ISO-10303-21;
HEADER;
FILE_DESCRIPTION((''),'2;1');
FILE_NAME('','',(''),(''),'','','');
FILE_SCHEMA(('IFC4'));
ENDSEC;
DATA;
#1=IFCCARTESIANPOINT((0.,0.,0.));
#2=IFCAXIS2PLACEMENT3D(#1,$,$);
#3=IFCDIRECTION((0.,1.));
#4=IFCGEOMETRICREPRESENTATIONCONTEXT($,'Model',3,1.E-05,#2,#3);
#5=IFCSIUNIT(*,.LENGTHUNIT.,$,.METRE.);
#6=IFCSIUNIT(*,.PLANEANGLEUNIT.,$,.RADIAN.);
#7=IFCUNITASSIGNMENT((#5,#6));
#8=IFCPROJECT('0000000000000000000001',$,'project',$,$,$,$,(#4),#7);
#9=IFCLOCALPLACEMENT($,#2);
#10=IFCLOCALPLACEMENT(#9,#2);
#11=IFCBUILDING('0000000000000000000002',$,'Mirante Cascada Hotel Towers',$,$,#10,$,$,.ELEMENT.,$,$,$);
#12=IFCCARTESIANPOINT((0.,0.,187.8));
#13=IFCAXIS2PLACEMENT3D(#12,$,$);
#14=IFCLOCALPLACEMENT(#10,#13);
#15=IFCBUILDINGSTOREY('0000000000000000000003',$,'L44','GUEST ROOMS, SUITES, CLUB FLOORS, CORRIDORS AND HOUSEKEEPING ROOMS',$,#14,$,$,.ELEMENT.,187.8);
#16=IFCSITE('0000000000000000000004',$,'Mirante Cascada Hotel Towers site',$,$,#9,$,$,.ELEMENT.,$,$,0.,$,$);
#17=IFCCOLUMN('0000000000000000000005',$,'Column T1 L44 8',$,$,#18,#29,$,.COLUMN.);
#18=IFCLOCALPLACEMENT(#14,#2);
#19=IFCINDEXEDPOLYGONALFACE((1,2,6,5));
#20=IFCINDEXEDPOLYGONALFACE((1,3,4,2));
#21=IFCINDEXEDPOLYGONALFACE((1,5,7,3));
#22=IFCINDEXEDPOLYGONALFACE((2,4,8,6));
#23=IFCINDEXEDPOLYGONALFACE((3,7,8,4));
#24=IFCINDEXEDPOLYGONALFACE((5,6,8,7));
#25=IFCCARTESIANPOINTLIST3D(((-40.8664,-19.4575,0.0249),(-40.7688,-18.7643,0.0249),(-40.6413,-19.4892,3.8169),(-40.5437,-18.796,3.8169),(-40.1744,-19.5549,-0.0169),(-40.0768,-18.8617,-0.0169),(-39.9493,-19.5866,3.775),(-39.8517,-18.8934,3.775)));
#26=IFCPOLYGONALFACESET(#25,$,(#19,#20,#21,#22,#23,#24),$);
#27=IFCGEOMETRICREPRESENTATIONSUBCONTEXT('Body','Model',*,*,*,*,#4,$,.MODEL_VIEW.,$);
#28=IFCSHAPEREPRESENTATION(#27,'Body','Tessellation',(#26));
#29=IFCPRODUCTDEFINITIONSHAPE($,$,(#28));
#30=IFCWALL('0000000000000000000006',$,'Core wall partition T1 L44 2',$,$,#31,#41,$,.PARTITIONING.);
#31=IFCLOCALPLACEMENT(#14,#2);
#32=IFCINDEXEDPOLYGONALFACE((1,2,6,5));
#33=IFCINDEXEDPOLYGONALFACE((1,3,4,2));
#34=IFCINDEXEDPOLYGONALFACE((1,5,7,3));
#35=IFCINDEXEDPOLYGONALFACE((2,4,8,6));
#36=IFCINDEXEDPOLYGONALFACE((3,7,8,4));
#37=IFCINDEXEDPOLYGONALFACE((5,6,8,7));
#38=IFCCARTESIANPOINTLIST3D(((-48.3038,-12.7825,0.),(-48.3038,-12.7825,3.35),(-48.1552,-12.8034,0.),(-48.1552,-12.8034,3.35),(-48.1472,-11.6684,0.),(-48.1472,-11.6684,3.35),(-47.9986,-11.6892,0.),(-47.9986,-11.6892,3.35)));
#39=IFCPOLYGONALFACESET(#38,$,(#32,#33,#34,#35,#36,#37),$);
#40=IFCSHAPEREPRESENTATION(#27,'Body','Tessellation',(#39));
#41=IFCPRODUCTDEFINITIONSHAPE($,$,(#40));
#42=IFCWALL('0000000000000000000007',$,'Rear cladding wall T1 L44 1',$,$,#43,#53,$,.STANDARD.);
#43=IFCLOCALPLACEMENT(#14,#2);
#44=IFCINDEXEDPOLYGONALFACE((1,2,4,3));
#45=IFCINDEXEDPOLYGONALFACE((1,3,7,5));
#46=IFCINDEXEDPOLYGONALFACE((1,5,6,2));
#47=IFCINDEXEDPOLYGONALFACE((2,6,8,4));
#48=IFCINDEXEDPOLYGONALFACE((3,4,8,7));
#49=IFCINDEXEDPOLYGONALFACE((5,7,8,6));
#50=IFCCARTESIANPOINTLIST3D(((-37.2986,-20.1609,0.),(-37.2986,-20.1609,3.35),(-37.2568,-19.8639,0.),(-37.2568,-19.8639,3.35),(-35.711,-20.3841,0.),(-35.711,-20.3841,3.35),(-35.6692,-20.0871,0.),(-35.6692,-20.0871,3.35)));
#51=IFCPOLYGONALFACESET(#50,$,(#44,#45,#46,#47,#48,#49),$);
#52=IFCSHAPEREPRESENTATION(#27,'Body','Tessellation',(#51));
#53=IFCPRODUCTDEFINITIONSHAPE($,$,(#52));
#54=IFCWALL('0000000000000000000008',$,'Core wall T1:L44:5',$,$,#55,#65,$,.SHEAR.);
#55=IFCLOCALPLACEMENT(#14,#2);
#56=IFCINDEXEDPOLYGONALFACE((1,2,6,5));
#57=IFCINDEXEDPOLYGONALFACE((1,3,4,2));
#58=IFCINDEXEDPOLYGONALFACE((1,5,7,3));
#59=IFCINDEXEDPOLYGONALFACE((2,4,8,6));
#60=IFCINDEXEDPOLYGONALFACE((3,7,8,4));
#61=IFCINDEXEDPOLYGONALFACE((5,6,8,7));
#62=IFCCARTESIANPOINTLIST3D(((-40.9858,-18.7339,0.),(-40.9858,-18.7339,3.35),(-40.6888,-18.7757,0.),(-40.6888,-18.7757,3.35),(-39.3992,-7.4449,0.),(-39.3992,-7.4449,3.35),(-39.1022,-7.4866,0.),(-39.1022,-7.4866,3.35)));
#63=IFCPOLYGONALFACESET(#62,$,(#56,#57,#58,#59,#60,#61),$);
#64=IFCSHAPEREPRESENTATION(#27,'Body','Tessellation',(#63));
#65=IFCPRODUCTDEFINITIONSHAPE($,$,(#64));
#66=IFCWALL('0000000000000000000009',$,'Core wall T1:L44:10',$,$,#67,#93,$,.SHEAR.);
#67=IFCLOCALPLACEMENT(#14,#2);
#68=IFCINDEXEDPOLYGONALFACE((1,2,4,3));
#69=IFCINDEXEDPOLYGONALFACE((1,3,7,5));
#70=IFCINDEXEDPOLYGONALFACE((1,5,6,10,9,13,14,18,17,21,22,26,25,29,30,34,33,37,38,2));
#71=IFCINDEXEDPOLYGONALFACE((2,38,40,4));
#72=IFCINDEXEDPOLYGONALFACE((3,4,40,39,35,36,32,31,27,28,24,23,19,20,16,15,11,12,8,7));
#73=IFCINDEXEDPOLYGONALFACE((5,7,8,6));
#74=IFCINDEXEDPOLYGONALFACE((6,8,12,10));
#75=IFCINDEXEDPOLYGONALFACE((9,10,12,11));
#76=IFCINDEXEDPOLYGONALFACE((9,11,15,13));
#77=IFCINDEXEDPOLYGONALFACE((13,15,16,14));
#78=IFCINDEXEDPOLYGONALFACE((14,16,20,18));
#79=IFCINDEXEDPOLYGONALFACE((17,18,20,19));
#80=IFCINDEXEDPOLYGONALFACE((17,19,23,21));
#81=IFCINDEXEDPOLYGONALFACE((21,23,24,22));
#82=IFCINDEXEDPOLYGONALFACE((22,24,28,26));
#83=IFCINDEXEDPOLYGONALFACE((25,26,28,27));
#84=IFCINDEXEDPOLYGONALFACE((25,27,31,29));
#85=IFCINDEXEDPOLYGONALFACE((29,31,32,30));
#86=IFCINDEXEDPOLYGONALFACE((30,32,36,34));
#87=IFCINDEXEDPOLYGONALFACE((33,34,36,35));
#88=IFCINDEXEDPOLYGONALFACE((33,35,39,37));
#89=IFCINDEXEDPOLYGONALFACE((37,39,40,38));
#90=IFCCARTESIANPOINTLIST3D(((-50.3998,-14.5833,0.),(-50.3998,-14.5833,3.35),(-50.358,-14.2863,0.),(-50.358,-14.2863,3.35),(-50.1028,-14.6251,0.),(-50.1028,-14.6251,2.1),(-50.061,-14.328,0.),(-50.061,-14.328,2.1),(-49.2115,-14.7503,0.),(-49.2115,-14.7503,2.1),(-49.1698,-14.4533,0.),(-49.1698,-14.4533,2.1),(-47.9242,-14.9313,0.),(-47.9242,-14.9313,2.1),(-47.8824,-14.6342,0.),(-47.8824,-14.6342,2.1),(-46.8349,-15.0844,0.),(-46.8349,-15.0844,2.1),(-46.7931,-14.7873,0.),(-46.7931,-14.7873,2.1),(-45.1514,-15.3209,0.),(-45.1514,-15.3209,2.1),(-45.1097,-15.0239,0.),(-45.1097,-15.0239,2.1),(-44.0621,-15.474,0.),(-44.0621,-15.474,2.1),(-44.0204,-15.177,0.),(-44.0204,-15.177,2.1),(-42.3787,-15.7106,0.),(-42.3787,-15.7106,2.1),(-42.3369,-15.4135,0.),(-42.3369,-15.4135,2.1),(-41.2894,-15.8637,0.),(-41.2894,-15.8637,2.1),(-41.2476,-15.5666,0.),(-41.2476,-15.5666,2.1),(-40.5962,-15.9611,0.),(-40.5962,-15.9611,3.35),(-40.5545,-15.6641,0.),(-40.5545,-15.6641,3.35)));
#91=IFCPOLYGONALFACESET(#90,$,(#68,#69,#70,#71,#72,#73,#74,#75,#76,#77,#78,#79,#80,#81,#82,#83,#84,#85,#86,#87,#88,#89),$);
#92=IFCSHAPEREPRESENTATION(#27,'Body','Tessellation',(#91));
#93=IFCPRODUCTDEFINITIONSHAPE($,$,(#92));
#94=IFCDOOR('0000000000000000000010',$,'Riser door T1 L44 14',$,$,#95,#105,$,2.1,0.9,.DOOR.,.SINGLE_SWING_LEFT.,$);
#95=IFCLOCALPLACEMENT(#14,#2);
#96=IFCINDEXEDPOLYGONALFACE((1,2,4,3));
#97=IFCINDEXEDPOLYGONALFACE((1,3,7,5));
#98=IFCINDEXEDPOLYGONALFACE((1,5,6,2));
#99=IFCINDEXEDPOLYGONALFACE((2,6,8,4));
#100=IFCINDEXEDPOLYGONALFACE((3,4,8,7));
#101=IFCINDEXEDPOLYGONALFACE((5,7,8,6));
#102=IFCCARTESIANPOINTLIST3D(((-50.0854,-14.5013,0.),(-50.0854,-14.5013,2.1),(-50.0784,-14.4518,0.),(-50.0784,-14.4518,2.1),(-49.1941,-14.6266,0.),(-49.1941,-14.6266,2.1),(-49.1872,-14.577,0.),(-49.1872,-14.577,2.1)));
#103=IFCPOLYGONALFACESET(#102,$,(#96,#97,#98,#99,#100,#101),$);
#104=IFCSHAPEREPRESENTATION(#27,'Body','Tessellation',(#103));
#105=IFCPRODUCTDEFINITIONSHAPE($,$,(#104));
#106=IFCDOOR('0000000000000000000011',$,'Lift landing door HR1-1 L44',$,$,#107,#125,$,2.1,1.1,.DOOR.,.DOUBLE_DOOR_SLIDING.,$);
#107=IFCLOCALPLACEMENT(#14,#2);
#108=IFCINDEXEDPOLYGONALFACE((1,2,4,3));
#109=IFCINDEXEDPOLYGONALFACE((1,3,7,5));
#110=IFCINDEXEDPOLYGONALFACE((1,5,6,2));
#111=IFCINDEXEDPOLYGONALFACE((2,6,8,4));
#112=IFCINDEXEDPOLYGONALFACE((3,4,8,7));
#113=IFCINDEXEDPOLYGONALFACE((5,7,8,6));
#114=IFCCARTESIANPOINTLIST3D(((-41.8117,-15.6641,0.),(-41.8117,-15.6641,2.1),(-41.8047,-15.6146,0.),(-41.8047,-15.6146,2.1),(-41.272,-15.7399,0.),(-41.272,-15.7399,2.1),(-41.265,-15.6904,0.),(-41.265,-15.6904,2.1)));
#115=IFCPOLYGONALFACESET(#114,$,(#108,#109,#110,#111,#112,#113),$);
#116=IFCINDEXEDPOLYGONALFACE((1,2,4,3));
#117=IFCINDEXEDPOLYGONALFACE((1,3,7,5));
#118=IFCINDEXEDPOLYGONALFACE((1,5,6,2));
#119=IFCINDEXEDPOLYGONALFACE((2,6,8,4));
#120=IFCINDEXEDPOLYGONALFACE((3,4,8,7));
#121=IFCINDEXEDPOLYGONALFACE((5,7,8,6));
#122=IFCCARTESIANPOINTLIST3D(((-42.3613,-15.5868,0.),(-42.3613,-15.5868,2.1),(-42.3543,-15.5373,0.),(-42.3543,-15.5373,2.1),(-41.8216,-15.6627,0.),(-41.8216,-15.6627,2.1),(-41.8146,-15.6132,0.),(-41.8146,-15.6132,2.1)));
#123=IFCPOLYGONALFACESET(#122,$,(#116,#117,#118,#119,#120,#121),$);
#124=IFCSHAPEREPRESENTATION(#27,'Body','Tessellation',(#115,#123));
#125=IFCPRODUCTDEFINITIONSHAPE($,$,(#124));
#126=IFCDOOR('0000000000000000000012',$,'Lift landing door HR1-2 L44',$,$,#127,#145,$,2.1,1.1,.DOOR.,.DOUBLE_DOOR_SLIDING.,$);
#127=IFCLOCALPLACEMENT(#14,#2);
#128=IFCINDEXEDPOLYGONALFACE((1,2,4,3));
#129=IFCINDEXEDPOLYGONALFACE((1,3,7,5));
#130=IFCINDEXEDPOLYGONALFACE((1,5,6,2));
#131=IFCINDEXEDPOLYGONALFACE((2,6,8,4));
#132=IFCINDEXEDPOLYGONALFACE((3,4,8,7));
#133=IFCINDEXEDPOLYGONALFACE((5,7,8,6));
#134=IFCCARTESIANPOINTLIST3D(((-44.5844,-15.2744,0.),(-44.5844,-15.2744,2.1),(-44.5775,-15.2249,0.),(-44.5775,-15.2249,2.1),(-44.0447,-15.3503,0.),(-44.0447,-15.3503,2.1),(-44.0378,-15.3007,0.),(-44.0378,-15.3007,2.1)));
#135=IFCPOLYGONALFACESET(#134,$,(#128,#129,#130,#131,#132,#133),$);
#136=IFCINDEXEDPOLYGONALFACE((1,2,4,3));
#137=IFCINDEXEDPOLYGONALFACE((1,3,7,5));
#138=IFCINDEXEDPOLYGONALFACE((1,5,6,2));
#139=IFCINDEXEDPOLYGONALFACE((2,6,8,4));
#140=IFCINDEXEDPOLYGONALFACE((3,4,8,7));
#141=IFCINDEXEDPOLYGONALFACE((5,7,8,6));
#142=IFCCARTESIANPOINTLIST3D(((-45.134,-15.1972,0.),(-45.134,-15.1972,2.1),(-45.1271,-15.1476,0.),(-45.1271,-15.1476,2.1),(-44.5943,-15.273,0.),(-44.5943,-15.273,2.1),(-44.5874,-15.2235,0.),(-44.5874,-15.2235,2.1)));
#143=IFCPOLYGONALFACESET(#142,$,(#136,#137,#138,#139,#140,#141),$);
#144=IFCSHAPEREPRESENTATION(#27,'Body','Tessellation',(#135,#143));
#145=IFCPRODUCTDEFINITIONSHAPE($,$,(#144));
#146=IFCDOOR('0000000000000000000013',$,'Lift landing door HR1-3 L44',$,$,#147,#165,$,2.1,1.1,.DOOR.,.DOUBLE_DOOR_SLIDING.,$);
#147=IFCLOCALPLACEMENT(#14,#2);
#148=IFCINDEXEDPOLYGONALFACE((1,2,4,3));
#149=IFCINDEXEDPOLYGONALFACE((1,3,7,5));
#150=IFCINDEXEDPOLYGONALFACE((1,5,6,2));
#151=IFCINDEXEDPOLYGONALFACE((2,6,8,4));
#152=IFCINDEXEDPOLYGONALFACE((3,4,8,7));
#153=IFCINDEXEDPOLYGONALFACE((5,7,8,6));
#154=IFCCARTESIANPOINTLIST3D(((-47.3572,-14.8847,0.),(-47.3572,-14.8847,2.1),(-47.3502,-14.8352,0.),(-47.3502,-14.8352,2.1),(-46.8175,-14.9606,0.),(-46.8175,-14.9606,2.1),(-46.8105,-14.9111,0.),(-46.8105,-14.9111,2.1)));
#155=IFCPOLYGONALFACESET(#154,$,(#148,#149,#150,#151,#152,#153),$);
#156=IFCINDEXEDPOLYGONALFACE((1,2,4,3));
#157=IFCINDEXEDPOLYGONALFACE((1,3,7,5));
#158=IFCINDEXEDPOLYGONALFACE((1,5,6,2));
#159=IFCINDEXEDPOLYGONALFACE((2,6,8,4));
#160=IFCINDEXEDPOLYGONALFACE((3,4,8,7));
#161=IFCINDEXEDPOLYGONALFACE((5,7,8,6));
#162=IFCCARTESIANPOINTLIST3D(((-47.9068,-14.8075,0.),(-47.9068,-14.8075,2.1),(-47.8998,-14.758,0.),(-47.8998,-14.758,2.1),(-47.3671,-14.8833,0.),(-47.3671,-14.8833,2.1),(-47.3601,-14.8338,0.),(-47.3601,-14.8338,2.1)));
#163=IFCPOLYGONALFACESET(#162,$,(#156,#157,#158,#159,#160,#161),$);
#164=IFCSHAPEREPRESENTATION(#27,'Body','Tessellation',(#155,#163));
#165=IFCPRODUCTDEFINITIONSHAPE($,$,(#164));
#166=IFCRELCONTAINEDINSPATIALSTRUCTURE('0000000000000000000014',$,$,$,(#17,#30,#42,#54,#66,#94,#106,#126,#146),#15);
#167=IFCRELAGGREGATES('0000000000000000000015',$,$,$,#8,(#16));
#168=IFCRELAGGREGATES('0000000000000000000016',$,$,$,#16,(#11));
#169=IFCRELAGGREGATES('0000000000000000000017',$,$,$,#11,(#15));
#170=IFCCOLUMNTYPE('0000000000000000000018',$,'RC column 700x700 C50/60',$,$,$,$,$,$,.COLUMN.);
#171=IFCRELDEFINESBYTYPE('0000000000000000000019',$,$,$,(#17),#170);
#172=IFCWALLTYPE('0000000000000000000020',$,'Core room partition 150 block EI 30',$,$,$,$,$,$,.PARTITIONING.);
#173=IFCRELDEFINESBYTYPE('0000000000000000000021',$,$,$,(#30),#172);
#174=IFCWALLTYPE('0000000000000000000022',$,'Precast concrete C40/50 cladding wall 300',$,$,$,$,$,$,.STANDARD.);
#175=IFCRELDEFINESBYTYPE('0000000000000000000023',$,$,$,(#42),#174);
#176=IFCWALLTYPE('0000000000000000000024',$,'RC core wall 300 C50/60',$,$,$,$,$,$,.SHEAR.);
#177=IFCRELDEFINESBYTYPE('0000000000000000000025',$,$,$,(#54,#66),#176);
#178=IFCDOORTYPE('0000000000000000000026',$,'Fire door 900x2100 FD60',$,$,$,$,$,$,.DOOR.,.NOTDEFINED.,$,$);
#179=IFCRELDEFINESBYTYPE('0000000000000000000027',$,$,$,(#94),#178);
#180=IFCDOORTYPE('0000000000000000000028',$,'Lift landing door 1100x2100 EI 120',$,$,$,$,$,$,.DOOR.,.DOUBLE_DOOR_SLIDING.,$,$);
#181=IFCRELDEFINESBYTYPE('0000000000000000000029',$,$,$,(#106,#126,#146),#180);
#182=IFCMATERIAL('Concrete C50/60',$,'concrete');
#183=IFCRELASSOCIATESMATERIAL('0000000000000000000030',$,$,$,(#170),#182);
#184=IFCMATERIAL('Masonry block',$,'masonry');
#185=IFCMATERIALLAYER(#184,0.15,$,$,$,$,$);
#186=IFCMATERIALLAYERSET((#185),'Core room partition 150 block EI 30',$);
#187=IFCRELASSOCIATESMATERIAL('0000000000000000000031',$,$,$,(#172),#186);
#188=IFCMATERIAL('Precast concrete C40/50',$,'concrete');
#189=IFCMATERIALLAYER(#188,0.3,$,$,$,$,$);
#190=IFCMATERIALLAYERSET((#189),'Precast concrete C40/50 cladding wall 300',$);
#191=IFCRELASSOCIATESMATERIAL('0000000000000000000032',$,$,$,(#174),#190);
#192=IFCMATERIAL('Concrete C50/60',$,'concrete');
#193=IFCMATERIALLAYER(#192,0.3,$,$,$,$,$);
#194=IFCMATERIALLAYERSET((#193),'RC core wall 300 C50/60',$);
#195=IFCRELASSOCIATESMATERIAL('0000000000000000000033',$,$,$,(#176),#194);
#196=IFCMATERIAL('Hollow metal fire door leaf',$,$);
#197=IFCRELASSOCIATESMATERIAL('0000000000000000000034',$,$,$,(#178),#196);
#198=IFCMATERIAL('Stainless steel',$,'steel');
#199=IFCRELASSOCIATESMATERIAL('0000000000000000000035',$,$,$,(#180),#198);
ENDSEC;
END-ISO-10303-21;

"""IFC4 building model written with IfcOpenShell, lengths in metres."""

from ifc_helpers import new_model, si_unit, direction, frame, frame_2d, origin, origin_2d, place, context, subcontext, project, spatial, rectangle, extrude, material, layer, layer_set, material_profile, profile_set, type_object, element, fill, save


model = new_model("IFC4")

# Units and contexts
model_context = context("Model", 3, precision=1e-05, world=origin(), true_north=direction((0.0, 1.0)))
body_context = subcontext(model_context, "Body", "Model", "MODEL_VIEW")
ifc_project = project(units=[si_unit("LENGTHUNIT", "METRE"), si_unit("PLANEANGLEUNIT", "RADIAN")], contexts=[model_context])

# Site, building, storey
site_placement = place(None, origin())
site = spatial("IfcSite", under=ifc_project, at=site_placement, Name="Mirante Cascada Hotel Towers site", CompositionType="ELEMENT", RefElevation=0.0)
building_placement = place(site_placement, origin())
building = spatial("IfcBuilding", under=site, at=building_placement, Name="Mirante Cascada Hotel Towers", CompositionType="ELEMENT")
storey_placement = place(building_placement, frame((0.0, 0.0, 187.8)))
storey = spatial("IfcBuildingStorey", under=building, at=storey_placement, Name="L44", Description="GUEST ROOMS, SUITES, CLUB FLOORS, CORRIDORS AND HOUSEKEEPING ROOMS", CompositionType="ELEMENT", Elevation=187.8)

# Column
ifc_material_1 = material(Name="Concrete C50/60", Category="concrete")
ifc_material_profile = material_profile(ifc_material_1, rectangle(XDim=0.7, YDim=0.7, at=origin_2d()), Name="RC column 700x700 C50/60")
ifc_profile_set = profile_set([ifc_material_profile], Name="Concrete C50/60")
column_type = type_object("IfcColumnType", Name="RC column 700x700 C50/60", PredefinedType="COLUMN", material=ifc_profile_set)
column_placement = place(storey_placement, frame((-40.4716, -19.1596, 0.004), z_axis=(0.059255, -0.008345, 0.998208), x_axis=(0.13945, 0.990229, 0.0)))
element("IfcColumn", 1, at=column_placement, inside=storey, type_object=column_type, Name="Column T1 L44 8", PredefinedType="COLUMN", context=body_context, shape_type="SweptSolid", body=[
    extrude(rectangle(XDim=0.7, YDim=0.7, at=origin_2d()), origin(), (0.0, 0.0, 1.0), 3.7988),
])

# Walls
ifc_material_2 = material(Name="Masonry block", Category="masonry")
ifc_layer_1 = layer(ifc_material_2, 0.15)
ifc_layer_set_1 = layer_set([ifc_layer_1], Name="Core room partition 150 block EI 30")
wall_type_1 = type_object("IfcWallType", Name="Core room partition 150 block EI 30", PredefinedType="PARTITIONING", material=ifc_layer_set_1)
wall_1_placement = place(storey_placement, frame((-48.2295, -12.793, 0.0), z_axis=(0.0, 0.0, 1.0), x_axis=(0.139193, 0.990265, 0.0)))
element("IfcWall", 2, at=wall_1_placement, inside=storey, type_object=wall_type_1, Name="Core wall partition T1 L44 2", PredefinedType="PARTITIONING", context=body_context, shape_type="SweptSolid", body=[
    extrude(rectangle(XDim=1.1251, YDim=0.15, at=frame_2d((0.5626, 0.0))), origin(), (0.0, 0.0, 1.0), 3.35),
])
ifc_material_3 = material(Name="Precast concrete C40/50", Category="concrete")
ifc_layer_2 = layer(ifc_material_3, 0.3)
ifc_layer_set_2 = layer_set([ifc_layer_2], Name="Precast concrete C40/50 cladding wall 300")
wall_type_2 = type_object("IfcWallType", Name="Precast concrete C40/50 cladding wall 300", PredefinedType="STANDARD", material=ifc_layer_set_2)
wall_2_placement = place(storey_placement, frame((-35.6901, -20.2356, 0.0), z_axis=(0.0, 0.0, 1.0), x_axis=(-0.990261, 0.13922, 0.0)))
element("IfcWall", 3, at=wall_2_placement, inside=storey, type_object=wall_type_2, Name="Rear cladding wall T1 L44 1", PredefinedType="STANDARD", context=body_context, shape_type="SweptSolid", body=[
    extrude(rectangle(XDim=1.6032, YDim=0.3, at=frame_2d((0.8016, 0.0))), origin(), (0.0, 0.0, 1.0), 3.35),
])
ifc_material_4 = material(Name="Concrete C50/60", Category="concrete")
ifc_layer_3 = layer(ifc_material_4, 0.3)
ifc_layer_set_3 = layer_set([ifc_layer_3], Name="RC core wall 300 C50/60")
wall_type_3 = type_object("IfcWallType", Name="RC core wall 300 C50/60", PredefinedType="SHEAR", material=ifc_layer_set_3)
wall_3_placement = place(storey_placement, frame((-40.8373, -18.7548, 0.0), z_axis=(0.0, 0.0, 1.0), x_axis=(0.139175, 0.990268, 0.0)))
element("IfcWall", 4, at=wall_3_placement, inside=storey, type_object=wall_type_3, Name="Core wall T1:L44:5", PredefinedType="SHEAR", context=body_context, shape_type="SweptSolid", body=[
    extrude(rectangle(XDim=11.4, YDim=0.3, at=frame_2d((5.7, 0.0))), origin(), (0.0, 0.0, 1.0), 3.35),
])

# Wall, openings, doors
wall_4_placement = place(storey_placement, frame((-40.5753, -15.8126, 0.0), z_axis=(0.0, 0.0, 1.0), x_axis=(-0.990268, 0.139173, 0.0)))
wall_4 = element("IfcWall", 5, at=wall_4_placement, inside=storey, type_object=wall_type_3, Name="Core wall T1:L44:10", PredefinedType="SHEAR", context=body_context, shape_type="SweptSolid", body=[
    extrude(rectangle(XDim=9.8999, YDim=0.3, at=frame_2d((4.95, 0.0))), origin(), (0.0, 0.0, 1.0), 3.35),
])
opening_1_placement = place(wall_4_placement, frame((0.7, 0.0, 0.0)))
opening_1 = element("IfcOpeningElement", 6, at=opening_1_placement, cuts=wall_4, PredefinedType="OPENING", context=body_context, shape_type="SweptSolid", body=[
    extrude(rectangle(XDim=1.1, YDim=2.1, at=frame_2d((0.55, 1.05))), frame((0.0, 0.15, 0.0), z_axis=(0.0, -1.0, 0.0), x_axis=(1.0, 0.0, 0.0)), (0.0, 0.0, 1.0), 0.3),
])
opening_2_placement = place(wall_4_placement, frame((3.5, 0.0, 0.0)))
opening_2 = element("IfcOpeningElement", 7, at=opening_2_placement, cuts=wall_4, PredefinedType="OPENING", context=body_context, shape_type="SweptSolid", body=[
    extrude(rectangle(XDim=1.1, YDim=2.1, at=frame_2d((0.55, 1.05))), frame((0.0, 0.15, 0.0), z_axis=(0.0, -1.0, 0.0), x_axis=(1.0, 0.0, 0.0)), (0.0, 0.0, 1.0), 0.3),
])
opening_3_placement = place(wall_4_placement, frame((6.3, 0.0, 0.0)))
opening_3 = element("IfcOpeningElement", 8, at=opening_3_placement, cuts=wall_4, PredefinedType="OPENING", context=body_context, shape_type="SweptSolid", body=[
    extrude(rectangle(XDim=1.1, YDim=2.1, at=frame_2d((0.55, 1.05))), frame((0.0, 0.15, 0.0), z_axis=(0.0, -1.0, 0.0), x_axis=(1.0, 0.0, 0.0)), (0.0, 0.0, 1.0), 0.3),
])
opening_4_placement = place(wall_4_placement, frame((8.7, 0.0, 0.0)))
opening_4 = element("IfcOpeningElement", 9, at=opening_4_placement, cuts=wall_4, PredefinedType="OPENING", context=body_context, shape_type="SweptSolid", body=[
    extrude(rectangle(XDim=0.9, YDim=2.1, at=frame_2d((0.45, 1.05))), frame((0.0, 0.15, 0.0), z_axis=(0.0, -1.0, 0.0), x_axis=(1.0, 0.0, 0.0)), (0.0, 0.0, 1.0), 0.3),
])
ifc_material_5 = material(Name="Hollow metal fire door leaf")
door_type_1 = type_object("IfcDoorType", Name="Fire door 900x2100 FD60", OperationType="NOTDEFINED", PredefinedType="DOOR", material=ifc_material_5)
door_1_placement = place(opening_4_placement, origin())
door_1 = element("IfcDoor", 10, at=door_1_placement, inside=storey, type_object=door_type_1, Name="Riser door T1 L44 14", OperationType="SINGLE_SWING_LEFT", OverallHeight=2.1, OverallWidth=0.9, PredefinedType="DOOR", context=body_context, shape_type="SweptSolid", body=[
    extrude(rectangle(XDim=0.9, YDim=2.1, at=frame_2d((0.45, 1.05))), frame((0.0, 0.025, 0.0), z_axis=(0.0, -1.0, 0.0), x_axis=(1.0, 0.0, 0.0)), (0.0, 0.0, 1.0), 0.05),
])
fill(opening_4, door_1)
ifc_material_6 = material(Name="Stainless steel", Category="steel")
door_type_2 = type_object("IfcDoorType", Name="Lift landing door 1100x2100 EI 120", OperationType="DOUBLE_DOOR_SLIDING", PredefinedType="DOOR", material=ifc_material_6)
door_2_placement = place(opening_1_placement, origin())
door_2 = element("IfcDoor", 11, at=door_2_placement, inside=storey, type_object=door_type_2, Name="Lift landing door HR1-1 L44", OperationType="DOUBLE_DOOR_SLIDING", OverallHeight=2.1, OverallWidth=1.1, PredefinedType="DOOR", context=body_context, shape_type="SweptSolid", body=[
    extrude(rectangle(XDim=0.545, YDim=2.1, at=frame_2d((0.2725, 1.05))), frame((0.0, 0.025, 0.0), z_axis=(0.0, -1.0, 0.0), x_axis=(1.0, 0.0, 0.0)), (0.0, 0.0, 1.0), 0.05),
    extrude(rectangle(XDim=0.545, YDim=2.1, at=frame_2d((0.8275, 1.05))), frame((0.0, 0.025, 0.0), z_axis=(0.0, -1.0, 0.0), x_axis=(1.0, 0.0, 0.0)), (0.0, 0.0, 1.0), 0.05),
])
fill(opening_1, door_2)
door_3_placement = place(opening_2_placement, origin())
door_3 = element("IfcDoor", 12, at=door_3_placement, inside=storey, type_object=door_type_2, Name="Lift landing door HR1-2 L44", OperationType="DOUBLE_DOOR_SLIDING", OverallHeight=2.1, OverallWidth=1.1, PredefinedType="DOOR", context=body_context, shape_type="SweptSolid", body=[
    extrude(rectangle(XDim=0.545, YDim=2.1, at=frame_2d((0.2725, 1.05))), frame((0.0, 0.025, 0.0), z_axis=(0.0, -1.0, 0.0), x_axis=(1.0, 0.0, 0.0)), (0.0, 0.0, 1.0), 0.05),
    extrude(rectangle(XDim=0.545, YDim=2.1, at=frame_2d((0.8275, 1.05))), frame((0.0, 0.025, 0.0), z_axis=(0.0, -1.0, 0.0), x_axis=(1.0, 0.0, 0.0)), (0.0, 0.0, 1.0), 0.05),
])
fill(opening_2, door_3)
door_4_placement = place(opening_3_placement, origin())
door_4 = element("IfcDoor", 13, at=door_4_placement, inside=storey, type_object=door_type_2, Name="Lift landing door HR1-3 L44", OperationType="DOUBLE_DOOR_SLIDING", OverallHeight=2.1, OverallWidth=1.1, PredefinedType="DOOR", context=body_context, shape_type="SweptSolid", body=[
    extrude(rectangle(XDim=0.545, YDim=2.1, at=frame_2d((0.2725, 1.05))), frame((0.0, 0.025, 0.0), z_axis=(0.0, -1.0, 0.0), x_axis=(1.0, 0.0, 0.0)), (0.0, 0.0, 1.0), 0.05),
    extrude(rectangle(XDim=0.545, YDim=2.1, at=frame_2d((0.8275, 1.05))), frame((0.0, 0.025, 0.0), z_axis=(0.0, -1.0, 0.0), x_axis=(1.0, 0.0, 0.0)), (0.0, 0.0, 1.0), 0.05),
])
fill(opening_3, door_4)

save(model, "model.ifc")
